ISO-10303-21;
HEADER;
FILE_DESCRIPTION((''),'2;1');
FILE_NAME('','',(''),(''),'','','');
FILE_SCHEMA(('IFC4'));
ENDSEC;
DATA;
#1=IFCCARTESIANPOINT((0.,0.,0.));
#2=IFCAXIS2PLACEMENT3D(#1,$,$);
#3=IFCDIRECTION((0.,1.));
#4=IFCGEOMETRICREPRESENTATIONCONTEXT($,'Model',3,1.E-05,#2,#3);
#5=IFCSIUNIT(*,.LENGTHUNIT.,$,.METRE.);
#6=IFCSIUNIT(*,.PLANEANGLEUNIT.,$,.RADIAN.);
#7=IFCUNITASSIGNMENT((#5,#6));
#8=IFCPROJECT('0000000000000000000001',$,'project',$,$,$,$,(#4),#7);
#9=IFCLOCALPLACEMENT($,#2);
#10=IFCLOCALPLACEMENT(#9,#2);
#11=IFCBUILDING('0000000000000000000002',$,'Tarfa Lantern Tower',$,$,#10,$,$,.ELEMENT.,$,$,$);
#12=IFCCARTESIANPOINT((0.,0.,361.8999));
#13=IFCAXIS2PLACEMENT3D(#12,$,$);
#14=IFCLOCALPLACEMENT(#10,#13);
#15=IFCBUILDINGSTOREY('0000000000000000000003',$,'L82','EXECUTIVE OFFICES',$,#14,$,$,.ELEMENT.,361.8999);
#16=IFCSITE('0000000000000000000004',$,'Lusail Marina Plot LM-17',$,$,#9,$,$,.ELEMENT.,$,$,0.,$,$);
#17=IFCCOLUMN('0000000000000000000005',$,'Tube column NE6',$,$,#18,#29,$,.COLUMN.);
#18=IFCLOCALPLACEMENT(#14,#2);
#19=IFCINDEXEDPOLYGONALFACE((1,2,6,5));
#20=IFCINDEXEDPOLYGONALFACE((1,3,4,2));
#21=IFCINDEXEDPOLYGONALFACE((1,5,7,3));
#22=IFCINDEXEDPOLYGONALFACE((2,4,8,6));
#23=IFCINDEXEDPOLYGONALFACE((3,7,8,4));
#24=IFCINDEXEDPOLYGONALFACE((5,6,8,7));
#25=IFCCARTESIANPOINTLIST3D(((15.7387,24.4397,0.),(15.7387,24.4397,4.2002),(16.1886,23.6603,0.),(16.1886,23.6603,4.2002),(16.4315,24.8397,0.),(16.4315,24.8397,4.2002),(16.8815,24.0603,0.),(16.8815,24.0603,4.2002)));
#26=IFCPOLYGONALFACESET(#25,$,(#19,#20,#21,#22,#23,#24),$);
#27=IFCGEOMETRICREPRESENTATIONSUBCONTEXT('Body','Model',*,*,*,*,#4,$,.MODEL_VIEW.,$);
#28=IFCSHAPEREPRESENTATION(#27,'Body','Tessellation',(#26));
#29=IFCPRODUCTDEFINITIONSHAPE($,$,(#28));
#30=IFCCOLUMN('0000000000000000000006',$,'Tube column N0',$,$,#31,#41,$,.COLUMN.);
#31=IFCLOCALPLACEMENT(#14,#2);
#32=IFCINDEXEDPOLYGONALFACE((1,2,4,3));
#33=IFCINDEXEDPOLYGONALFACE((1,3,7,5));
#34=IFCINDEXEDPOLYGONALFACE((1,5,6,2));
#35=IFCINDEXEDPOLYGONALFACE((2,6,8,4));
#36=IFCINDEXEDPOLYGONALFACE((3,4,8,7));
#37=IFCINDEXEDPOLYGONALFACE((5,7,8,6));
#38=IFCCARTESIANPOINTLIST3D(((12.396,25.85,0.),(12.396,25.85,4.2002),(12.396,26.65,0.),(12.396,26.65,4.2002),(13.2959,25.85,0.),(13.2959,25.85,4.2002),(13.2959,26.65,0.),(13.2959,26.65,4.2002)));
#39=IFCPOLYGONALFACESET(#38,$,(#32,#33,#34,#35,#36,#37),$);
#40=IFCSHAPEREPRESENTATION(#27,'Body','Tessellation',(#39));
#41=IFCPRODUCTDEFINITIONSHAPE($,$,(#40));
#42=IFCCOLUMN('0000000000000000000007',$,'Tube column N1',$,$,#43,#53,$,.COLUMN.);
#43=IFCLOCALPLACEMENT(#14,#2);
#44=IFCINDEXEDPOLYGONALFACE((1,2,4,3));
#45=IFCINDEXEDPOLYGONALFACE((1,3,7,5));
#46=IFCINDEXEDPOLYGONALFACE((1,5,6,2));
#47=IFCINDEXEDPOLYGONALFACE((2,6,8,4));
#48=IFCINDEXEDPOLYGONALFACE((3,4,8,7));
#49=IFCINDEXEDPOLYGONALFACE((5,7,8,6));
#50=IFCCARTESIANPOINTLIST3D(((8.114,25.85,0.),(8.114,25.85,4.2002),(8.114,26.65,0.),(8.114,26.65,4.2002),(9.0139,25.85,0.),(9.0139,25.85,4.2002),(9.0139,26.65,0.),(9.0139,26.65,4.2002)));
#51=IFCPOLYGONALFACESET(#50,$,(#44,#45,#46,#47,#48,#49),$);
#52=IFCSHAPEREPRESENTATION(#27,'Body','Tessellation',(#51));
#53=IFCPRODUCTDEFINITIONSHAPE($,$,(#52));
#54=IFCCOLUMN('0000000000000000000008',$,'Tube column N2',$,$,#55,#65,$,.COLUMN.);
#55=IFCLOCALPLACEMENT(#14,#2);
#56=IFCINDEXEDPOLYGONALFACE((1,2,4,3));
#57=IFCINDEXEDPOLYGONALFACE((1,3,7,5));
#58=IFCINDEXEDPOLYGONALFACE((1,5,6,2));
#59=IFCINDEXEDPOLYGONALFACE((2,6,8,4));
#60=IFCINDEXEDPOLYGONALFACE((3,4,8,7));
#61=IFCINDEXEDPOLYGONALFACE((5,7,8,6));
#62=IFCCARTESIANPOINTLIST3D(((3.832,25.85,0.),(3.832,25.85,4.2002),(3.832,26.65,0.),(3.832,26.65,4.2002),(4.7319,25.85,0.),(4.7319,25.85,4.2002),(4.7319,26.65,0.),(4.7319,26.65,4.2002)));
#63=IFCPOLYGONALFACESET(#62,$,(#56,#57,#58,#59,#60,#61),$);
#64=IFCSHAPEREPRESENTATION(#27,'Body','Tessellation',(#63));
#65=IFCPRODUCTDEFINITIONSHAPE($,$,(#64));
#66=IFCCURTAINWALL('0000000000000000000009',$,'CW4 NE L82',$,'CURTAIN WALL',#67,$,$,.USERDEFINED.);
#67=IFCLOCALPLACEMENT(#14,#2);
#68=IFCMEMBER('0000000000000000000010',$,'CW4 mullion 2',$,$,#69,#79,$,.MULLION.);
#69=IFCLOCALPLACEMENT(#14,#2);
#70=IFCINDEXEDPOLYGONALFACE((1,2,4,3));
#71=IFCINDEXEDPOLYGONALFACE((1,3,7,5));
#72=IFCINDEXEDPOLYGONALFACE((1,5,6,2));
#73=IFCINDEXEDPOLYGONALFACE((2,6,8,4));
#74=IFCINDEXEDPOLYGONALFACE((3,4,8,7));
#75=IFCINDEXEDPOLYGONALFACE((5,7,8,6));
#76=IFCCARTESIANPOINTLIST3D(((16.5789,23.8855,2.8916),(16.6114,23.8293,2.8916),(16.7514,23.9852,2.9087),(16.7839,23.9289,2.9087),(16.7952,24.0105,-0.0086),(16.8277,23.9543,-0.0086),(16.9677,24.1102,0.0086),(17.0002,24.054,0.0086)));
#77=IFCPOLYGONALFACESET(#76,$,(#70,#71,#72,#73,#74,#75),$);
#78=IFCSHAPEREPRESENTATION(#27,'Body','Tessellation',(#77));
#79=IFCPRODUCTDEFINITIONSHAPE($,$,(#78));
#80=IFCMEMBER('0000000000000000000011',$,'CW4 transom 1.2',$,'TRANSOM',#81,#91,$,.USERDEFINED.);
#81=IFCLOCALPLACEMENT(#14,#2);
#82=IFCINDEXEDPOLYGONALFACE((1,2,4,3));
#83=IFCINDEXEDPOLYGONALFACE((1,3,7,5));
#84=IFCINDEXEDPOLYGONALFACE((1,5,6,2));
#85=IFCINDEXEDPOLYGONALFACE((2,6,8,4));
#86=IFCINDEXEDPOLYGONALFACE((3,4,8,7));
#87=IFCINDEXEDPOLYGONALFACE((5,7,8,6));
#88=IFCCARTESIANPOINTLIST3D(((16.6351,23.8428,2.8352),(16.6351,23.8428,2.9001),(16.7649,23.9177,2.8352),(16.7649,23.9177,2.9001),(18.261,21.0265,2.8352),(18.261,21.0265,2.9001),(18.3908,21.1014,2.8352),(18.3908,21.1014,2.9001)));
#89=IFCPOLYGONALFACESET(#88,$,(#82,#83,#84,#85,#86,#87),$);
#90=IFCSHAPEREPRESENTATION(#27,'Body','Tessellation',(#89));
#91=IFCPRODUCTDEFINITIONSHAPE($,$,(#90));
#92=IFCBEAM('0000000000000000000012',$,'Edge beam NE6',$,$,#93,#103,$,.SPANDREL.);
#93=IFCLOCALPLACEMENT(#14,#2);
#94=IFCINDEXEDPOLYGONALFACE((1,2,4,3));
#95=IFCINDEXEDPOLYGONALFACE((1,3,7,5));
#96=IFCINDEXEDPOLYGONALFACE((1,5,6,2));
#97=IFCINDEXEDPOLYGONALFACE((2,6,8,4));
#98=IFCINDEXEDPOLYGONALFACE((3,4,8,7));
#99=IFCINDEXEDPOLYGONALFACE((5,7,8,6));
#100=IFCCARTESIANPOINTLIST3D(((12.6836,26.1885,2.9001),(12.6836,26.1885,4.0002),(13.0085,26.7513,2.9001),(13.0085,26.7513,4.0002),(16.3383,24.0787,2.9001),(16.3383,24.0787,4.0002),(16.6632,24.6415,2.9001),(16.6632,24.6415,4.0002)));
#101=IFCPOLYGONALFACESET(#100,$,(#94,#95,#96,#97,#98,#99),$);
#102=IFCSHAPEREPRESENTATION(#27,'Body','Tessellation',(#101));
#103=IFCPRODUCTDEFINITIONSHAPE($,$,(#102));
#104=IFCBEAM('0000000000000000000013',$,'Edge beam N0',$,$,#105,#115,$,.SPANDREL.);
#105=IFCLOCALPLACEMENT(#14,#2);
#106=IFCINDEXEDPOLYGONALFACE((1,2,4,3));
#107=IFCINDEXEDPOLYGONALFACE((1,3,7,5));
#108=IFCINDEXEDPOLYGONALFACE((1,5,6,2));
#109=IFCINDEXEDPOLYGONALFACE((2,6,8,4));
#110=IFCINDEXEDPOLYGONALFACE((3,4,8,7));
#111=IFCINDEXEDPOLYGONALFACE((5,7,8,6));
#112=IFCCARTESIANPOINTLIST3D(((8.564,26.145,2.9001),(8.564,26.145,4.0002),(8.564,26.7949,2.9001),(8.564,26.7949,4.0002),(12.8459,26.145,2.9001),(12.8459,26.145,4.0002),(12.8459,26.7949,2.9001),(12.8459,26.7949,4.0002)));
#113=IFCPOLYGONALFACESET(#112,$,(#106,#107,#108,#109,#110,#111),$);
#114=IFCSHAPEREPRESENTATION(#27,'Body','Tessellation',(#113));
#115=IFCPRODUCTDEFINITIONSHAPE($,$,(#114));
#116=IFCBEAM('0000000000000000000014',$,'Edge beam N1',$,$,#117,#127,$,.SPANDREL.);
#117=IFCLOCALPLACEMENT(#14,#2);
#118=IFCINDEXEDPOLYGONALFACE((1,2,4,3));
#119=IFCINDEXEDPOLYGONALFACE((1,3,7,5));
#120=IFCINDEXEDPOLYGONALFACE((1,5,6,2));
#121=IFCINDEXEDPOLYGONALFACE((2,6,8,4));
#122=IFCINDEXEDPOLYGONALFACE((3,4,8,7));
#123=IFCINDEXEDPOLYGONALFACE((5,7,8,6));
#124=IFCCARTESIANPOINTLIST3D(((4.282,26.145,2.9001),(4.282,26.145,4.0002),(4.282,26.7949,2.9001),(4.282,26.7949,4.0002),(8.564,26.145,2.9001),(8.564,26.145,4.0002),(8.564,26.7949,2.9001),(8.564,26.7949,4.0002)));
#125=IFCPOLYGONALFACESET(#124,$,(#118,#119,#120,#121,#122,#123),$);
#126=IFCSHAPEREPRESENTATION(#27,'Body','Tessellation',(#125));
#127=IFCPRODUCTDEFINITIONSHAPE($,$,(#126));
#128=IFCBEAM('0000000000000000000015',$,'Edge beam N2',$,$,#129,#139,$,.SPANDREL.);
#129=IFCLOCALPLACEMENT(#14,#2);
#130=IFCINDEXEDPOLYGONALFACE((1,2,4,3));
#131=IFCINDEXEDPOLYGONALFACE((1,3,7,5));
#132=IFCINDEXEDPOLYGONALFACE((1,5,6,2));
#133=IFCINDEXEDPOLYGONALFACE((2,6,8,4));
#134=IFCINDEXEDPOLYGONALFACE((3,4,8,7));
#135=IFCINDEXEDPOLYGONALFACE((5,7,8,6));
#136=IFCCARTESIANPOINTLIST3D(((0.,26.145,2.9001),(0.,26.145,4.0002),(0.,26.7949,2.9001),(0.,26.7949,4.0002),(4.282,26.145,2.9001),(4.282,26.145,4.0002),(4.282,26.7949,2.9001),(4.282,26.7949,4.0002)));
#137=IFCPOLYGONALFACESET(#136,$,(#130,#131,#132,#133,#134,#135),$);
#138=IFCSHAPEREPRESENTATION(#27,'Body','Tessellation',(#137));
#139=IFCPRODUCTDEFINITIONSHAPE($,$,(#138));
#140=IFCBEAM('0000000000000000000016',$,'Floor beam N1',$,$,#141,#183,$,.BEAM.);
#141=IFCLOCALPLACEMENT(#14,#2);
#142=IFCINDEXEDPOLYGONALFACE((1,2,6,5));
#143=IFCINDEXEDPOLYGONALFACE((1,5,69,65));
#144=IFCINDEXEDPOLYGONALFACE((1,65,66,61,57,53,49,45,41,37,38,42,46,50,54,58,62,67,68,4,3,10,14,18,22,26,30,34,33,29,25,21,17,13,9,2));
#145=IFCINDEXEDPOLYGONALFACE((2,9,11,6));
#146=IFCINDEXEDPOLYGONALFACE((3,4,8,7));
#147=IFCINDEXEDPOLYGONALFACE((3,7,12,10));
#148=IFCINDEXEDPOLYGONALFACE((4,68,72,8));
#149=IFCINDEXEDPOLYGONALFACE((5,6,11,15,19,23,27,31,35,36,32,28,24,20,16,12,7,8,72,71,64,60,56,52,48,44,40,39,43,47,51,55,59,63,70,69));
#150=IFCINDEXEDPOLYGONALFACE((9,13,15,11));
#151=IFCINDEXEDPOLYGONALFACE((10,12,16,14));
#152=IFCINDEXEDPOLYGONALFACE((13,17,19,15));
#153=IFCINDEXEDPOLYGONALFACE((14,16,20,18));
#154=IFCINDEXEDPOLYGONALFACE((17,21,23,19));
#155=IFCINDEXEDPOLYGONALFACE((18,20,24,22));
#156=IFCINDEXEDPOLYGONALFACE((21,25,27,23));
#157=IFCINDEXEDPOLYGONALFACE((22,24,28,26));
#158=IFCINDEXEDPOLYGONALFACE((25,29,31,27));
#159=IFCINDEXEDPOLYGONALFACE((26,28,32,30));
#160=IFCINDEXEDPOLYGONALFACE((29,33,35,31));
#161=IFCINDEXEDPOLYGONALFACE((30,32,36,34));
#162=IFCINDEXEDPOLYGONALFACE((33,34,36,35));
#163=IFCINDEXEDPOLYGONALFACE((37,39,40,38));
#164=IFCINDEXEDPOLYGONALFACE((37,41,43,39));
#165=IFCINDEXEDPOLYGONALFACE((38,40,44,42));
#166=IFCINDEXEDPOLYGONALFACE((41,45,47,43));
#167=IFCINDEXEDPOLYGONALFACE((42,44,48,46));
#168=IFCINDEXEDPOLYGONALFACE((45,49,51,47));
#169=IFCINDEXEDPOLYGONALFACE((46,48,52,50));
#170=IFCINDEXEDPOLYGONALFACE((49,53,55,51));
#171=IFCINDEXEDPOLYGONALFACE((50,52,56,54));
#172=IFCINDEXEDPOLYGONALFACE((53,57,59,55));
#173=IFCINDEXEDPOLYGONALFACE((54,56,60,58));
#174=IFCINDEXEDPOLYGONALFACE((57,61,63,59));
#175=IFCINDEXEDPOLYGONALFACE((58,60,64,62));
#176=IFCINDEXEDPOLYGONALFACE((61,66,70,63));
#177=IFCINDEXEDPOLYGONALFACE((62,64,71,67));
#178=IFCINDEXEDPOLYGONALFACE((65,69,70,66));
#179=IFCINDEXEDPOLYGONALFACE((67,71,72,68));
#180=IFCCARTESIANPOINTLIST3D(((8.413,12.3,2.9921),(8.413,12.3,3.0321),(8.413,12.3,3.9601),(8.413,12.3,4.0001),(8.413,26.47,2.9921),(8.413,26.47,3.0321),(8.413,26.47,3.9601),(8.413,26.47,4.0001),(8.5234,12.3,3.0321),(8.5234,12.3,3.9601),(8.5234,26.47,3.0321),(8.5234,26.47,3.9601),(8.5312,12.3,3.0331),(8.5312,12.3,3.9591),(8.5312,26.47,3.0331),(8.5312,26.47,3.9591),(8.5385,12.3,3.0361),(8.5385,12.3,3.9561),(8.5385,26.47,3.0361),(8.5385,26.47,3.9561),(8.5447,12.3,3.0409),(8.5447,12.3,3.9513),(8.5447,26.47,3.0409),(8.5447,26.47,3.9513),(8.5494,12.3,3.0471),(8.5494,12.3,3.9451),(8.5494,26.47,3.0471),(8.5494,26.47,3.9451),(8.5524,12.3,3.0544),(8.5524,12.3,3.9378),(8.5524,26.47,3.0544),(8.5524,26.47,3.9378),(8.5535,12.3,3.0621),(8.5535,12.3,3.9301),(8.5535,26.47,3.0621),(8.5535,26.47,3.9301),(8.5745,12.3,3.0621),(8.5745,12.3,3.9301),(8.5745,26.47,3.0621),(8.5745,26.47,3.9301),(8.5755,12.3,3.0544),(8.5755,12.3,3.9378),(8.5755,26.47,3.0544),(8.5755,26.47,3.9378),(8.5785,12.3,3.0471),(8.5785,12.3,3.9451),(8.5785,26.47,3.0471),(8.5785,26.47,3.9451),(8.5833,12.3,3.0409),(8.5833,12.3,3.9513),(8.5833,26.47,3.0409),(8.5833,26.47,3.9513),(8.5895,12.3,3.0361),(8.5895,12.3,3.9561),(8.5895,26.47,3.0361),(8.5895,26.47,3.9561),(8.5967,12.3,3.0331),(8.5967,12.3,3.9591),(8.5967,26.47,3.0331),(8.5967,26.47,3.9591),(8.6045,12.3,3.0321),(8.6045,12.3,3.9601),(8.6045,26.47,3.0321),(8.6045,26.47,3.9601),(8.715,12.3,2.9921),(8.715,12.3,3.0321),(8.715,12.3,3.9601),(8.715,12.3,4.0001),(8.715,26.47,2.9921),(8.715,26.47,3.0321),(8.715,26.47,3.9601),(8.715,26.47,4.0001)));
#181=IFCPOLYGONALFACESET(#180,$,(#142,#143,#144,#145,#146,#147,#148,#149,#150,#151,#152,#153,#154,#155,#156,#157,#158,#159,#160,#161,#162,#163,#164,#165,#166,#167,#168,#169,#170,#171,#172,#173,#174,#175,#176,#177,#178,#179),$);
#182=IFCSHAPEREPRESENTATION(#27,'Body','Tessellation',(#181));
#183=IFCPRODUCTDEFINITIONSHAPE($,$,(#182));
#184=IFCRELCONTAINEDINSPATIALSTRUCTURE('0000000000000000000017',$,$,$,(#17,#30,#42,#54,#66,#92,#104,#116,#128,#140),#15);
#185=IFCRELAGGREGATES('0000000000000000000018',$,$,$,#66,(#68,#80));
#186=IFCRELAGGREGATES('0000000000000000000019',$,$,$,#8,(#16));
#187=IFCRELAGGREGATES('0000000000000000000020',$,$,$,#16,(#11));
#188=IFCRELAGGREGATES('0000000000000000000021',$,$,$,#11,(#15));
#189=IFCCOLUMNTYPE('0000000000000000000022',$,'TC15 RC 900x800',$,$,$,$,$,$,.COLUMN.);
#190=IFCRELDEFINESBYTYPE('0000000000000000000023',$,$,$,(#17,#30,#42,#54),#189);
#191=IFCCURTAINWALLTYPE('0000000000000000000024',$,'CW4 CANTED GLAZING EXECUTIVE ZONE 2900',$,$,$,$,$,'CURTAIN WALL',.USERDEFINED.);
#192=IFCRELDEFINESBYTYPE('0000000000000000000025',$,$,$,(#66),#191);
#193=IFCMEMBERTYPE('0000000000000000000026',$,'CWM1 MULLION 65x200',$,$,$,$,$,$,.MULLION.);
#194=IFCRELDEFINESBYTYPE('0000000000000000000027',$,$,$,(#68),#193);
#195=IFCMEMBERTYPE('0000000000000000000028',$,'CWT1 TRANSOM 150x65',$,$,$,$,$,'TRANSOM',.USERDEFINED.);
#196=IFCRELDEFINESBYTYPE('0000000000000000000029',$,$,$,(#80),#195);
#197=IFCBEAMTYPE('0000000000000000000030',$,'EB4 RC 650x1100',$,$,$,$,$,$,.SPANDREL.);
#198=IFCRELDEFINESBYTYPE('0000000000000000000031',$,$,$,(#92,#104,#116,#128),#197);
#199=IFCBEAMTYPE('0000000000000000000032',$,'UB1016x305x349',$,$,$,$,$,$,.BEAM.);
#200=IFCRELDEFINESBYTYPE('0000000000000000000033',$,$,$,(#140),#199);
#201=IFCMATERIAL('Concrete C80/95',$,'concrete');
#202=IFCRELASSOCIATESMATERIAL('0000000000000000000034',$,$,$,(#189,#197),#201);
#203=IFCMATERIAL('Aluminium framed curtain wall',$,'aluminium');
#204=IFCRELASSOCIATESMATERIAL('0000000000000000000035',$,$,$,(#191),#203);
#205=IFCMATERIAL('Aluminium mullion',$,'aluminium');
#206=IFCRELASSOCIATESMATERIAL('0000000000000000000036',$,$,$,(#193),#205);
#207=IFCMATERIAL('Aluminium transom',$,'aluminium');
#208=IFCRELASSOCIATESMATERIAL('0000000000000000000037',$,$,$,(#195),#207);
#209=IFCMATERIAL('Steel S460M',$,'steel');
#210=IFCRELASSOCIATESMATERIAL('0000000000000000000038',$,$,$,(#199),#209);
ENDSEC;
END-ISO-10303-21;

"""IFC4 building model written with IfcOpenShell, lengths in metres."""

from ifc_helpers import new_model, si_unit, direction, frame, origin, origin_2d, place, context, subcontext, project, spatial, rectangle, i_section, extrude, material, material_profile, profile_set, type_object, element, aggregate, save


model = new_model("IFC4")

# Units and contexts
model_context = context("Model", 3, precision=1e-05, world=origin(), true_north=direction((0.0, 1.0)))
body_context = subcontext(model_context, "Body", "Model", "MODEL_VIEW")
ifc_project = project(units=[si_unit("LENGTHUNIT", "METRE"), si_unit("PLANEANGLEUNIT", "RADIAN")], contexts=[model_context])

# Site, building, storey
site_placement = place(None, origin())
site = spatial("IfcSite", under=ifc_project, at=site_placement, Name="Lusail Marina Plot LM-17", CompositionType="ELEMENT", RefElevation=0.0)
building_placement = place(site_placement, origin())
building = spatial("IfcBuilding", under=site, at=building_placement, Name="Tarfa Lantern Tower", CompositionType="ELEMENT")
storey_placement = place(building_placement, frame((0.0, 0.0, 361.8999)))
storey = spatial("IfcBuildingStorey", under=building, at=storey_placement, Name="L82", Description="EXECUTIVE OFFICES", CompositionType="ELEMENT", Elevation=361.8999)

# Columns
ifc_material_1 = material(Name="Concrete C80/95", Category="concrete")
ifc_material_profile_1 = material_profile(ifc_material_1, rectangle(XDim=0.8999, YDim=0.8, at=origin_2d()), Name="RC 900x800")
ifc_profile_set_1 = profile_set([ifc_material_profile_1], Name="Concrete C80/95")
column_type = type_object("IfcColumnType", Name="TC15 RC 900x800", PredefinedType="COLUMN", material=ifc_profile_set_1)
for number, where, z_axis, x_axis, name in (
    (1, (16.3101, 24.25, 0.0), (0.0, 0.0, 1.0), (-0.5, 0.866025, 0.0), "Tube column NE6"),
    (2, (12.8459, 26.25, 0.0), (0.0, 0.0, 1.0), (-1.0, 0.0, 0.0), "Tube column N0"),
    (3, (8.564, 26.25, 0.0), (0.0, 0.0, 1.0), (-1.0, 0.0, 0.0), "Tube column N1"),
    (4, (4.282, 26.25, 0.0), (0.0, 0.0, 1.0), (-1.0, 0.0, 0.0), "Tube column N2"),
):
    element("IfcColumn", number, at=place(storey_placement, frame(where, z_axis=z_axis, x_axis=x_axis)), inside=storey, type_object=column_type, Name=name, PredefinedType="COLUMN", context=body_context, shape_type="SweptSolid", body=[
        extrude(rectangle(XDim=0.8999, YDim=0.8, at=origin_2d()), origin(), (0.0, 0.0, 1.0), 4.2002),
    ])

# Curtain wall, members
ifc_material_2 = material(Name="Aluminium framed curtain wall", Category="aluminium")
curtain_wall_type = type_object("IfcCurtainWallType", Name="CW4 CANTED GLAZING EXECUTIVE ZONE 2900", ElementType="CURTAIN WALL", PredefinedType="USERDEFINED", material=ifc_material_2)
curtain_wall_placement = place(storey_placement, origin())
curtain_wall = element("IfcCurtainWall", 5, at=curtain_wall_placement, inside=storey, type_object=curtain_wall_type, Name="CW4 NE L82", ObjectType="CURTAIN WALL", PredefinedType="USERDEFINED")
ifc_material_3 = material(Name="Aluminium mullion", Category="aluminium")
ifc_material_profile_2 = material_profile(ifc_material_3, rectangle(XDim=0.0649, YDim=0.2, at=origin_2d()), Name="AL MULLION 65x200")
ifc_profile_set_2 = profile_set([ifc_material_profile_2], Name="Aluminium mullion")
member_type_1 = type_object("IfcMemberType", Name="CWM1 MULLION 65x200", PredefinedType="MULLION", material=ifc_profile_set_2)
member_1_placement = place(storey_placement, frame((16.8977, 24.0322, 0.0), z_axis=(-0.07431, -0.042942, 0.99631), x_axis=(0.500343, -0.865827, 0.0)))
member_1 = element("IfcMember", 6, at=member_1_placement, type_object=member_type_1, Name="CW4 mullion 2", PredefinedType="MULLION", context=body_context, shape_type="SweptSolid", body=[
    extrude(rectangle(XDim=0.0649, YDim=0.2, at=origin_2d()), origin(), (0.0, 0.0, 1.0), 2.9109),
])
ifc_material_4 = material(Name="Aluminium transom", Category="aluminium")
ifc_material_profile_3 = material_profile(ifc_material_4, rectangle(XDim=0.1499, YDim=0.0649, at=origin_2d()), Name="AL TRANSOM 150x65")
ifc_profile_set_3 = profile_set([ifc_material_profile_3], Name="Aluminium transom")
member_type_2 = type_object("IfcMemberType", Name="CWT1 TRANSOM 150x65", ElementType="TRANSOM", PredefinedType="USERDEFINED", material=ifc_profile_set_3)
member_2_placement = place(storey_placement, frame((18.3259, 21.064, 2.8677), z_axis=(-0.499982, 0.866036, 0.0), x_axis=(-0.866036, -0.499982, 0.0)))
member_2 = element("IfcMember", 7, at=member_2_placement, type_object=member_type_2, Name="CW4 transom 1.2", ObjectType="TRANSOM", PredefinedType="USERDEFINED", context=body_context, shape_type="SweptSolid", body=[
    extrude(rectangle(XDim=0.1499, YDim=0.0649, at=origin_2d()), origin(), (0.0, 0.0, 1.0), 3.252),
])
aggregate(curtain_wall, [member_1, member_2])

# Beams
ifc_material_profile_4 = material_profile(ifc_material_1, rectangle(XDim=0.6499, YDim=1.1001, at=origin_2d()), Name="RC 650x1100")
ifc_profile_set_4 = profile_set([ifc_material_profile_4], Name="Concrete C80/95")
beam_type_1 = type_object("IfcBeamType", Name="EB4 RC 650x1100", PredefinedType="SPANDREL", material=ifc_profile_set_4)
beam_1_placement = place(storey_placement, frame((16.5007, 24.3601, 3.4502), z_axis=(-0.866049, 0.499959, 0.0), x_axis=(-0.499959, -0.866049, 0.0)))
element("IfcBeam", 8, at=beam_1_placement, inside=storey, type_object=beam_type_1, Name="Edge beam NE6", PredefinedType="SPANDREL", context=body_context, shape_type="SweptSolid", body=[
    extrude(rectangle(XDim=0.6499, YDim=1.1001, at=origin_2d()), origin(), (0.0, 0.0, 1.0), 4.22),
])
for number, where, z_axis, x_axis, name in (
    (9, (12.8459, 26.47, 3.4502), (-1.0, 0.0, 0.0), (0.0, -1.0, 0.0), "Edge beam N0"),
    (10, (8.564, 26.47, 3.4502), (-1.0, 0.0, 0.0), (0.0, -1.0, 0.0), "Edge beam N1"),
    (11, (4.282, 26.47, 3.4502), (-1.0, 0.0, 0.0), (0.0, -1.0, 0.0), "Edge beam N2"),
):
    element("IfcBeam", number, at=place(storey_placement, frame(where, z_axis=z_axis, x_axis=x_axis)), inside=storey, type_object=beam_type_1, Name=name, PredefinedType="SPANDREL", context=body_context, shape_type="SweptSolid", body=[
        extrude(rectangle(XDim=0.6499, YDim=1.1001, at=origin_2d()), origin(), (0.0, 0.0, 1.0), 4.282),
    ])
ifc_material_5 = material(Name="Steel S460M", Category="steel")
ifc_material_profile_5 = material_profile(ifc_material_5, i_section(OverallWidth=0.302, OverallDepth=1.0081, WebThickness=0.021, FlangeThickness=0.04, FilletRadius=0.03, at=origin_2d()), Name="UB1016x305x349")
ifc_profile_set_5 = profile_set([ifc_material_profile_5], Name="Steel S460M")
beam_type_2 = type_object("IfcBeamType", Name="UB1016x305x349", PredefinedType="BEAM", material=ifc_profile_set_5)
for number, where, z_axis, x_axis, name in (
    (12, (8.564, 26.47, 3.4961), (0.0, -1.0, 0.0), (1.0, 0.0, 0.0), "Floor beam N1"),
):
    element("IfcBeam", number, at=place(storey_placement, frame(where, z_axis=z_axis, x_axis=x_axis)), inside=storey, type_object=beam_type_2, Name=name, PredefinedType="BEAM", context=body_context, shape_type="SweptSolid", body=[
        extrude(i_section(OverallWidth=0.302, OverallDepth=1.0081, WebThickness=0.021, FlangeThickness=0.04, FilletRadius=0.03, at=origin_2d()), origin(), (0.0, 0.0, 1.0), 14.1699),
    ])

save(model, "model.ifc")
